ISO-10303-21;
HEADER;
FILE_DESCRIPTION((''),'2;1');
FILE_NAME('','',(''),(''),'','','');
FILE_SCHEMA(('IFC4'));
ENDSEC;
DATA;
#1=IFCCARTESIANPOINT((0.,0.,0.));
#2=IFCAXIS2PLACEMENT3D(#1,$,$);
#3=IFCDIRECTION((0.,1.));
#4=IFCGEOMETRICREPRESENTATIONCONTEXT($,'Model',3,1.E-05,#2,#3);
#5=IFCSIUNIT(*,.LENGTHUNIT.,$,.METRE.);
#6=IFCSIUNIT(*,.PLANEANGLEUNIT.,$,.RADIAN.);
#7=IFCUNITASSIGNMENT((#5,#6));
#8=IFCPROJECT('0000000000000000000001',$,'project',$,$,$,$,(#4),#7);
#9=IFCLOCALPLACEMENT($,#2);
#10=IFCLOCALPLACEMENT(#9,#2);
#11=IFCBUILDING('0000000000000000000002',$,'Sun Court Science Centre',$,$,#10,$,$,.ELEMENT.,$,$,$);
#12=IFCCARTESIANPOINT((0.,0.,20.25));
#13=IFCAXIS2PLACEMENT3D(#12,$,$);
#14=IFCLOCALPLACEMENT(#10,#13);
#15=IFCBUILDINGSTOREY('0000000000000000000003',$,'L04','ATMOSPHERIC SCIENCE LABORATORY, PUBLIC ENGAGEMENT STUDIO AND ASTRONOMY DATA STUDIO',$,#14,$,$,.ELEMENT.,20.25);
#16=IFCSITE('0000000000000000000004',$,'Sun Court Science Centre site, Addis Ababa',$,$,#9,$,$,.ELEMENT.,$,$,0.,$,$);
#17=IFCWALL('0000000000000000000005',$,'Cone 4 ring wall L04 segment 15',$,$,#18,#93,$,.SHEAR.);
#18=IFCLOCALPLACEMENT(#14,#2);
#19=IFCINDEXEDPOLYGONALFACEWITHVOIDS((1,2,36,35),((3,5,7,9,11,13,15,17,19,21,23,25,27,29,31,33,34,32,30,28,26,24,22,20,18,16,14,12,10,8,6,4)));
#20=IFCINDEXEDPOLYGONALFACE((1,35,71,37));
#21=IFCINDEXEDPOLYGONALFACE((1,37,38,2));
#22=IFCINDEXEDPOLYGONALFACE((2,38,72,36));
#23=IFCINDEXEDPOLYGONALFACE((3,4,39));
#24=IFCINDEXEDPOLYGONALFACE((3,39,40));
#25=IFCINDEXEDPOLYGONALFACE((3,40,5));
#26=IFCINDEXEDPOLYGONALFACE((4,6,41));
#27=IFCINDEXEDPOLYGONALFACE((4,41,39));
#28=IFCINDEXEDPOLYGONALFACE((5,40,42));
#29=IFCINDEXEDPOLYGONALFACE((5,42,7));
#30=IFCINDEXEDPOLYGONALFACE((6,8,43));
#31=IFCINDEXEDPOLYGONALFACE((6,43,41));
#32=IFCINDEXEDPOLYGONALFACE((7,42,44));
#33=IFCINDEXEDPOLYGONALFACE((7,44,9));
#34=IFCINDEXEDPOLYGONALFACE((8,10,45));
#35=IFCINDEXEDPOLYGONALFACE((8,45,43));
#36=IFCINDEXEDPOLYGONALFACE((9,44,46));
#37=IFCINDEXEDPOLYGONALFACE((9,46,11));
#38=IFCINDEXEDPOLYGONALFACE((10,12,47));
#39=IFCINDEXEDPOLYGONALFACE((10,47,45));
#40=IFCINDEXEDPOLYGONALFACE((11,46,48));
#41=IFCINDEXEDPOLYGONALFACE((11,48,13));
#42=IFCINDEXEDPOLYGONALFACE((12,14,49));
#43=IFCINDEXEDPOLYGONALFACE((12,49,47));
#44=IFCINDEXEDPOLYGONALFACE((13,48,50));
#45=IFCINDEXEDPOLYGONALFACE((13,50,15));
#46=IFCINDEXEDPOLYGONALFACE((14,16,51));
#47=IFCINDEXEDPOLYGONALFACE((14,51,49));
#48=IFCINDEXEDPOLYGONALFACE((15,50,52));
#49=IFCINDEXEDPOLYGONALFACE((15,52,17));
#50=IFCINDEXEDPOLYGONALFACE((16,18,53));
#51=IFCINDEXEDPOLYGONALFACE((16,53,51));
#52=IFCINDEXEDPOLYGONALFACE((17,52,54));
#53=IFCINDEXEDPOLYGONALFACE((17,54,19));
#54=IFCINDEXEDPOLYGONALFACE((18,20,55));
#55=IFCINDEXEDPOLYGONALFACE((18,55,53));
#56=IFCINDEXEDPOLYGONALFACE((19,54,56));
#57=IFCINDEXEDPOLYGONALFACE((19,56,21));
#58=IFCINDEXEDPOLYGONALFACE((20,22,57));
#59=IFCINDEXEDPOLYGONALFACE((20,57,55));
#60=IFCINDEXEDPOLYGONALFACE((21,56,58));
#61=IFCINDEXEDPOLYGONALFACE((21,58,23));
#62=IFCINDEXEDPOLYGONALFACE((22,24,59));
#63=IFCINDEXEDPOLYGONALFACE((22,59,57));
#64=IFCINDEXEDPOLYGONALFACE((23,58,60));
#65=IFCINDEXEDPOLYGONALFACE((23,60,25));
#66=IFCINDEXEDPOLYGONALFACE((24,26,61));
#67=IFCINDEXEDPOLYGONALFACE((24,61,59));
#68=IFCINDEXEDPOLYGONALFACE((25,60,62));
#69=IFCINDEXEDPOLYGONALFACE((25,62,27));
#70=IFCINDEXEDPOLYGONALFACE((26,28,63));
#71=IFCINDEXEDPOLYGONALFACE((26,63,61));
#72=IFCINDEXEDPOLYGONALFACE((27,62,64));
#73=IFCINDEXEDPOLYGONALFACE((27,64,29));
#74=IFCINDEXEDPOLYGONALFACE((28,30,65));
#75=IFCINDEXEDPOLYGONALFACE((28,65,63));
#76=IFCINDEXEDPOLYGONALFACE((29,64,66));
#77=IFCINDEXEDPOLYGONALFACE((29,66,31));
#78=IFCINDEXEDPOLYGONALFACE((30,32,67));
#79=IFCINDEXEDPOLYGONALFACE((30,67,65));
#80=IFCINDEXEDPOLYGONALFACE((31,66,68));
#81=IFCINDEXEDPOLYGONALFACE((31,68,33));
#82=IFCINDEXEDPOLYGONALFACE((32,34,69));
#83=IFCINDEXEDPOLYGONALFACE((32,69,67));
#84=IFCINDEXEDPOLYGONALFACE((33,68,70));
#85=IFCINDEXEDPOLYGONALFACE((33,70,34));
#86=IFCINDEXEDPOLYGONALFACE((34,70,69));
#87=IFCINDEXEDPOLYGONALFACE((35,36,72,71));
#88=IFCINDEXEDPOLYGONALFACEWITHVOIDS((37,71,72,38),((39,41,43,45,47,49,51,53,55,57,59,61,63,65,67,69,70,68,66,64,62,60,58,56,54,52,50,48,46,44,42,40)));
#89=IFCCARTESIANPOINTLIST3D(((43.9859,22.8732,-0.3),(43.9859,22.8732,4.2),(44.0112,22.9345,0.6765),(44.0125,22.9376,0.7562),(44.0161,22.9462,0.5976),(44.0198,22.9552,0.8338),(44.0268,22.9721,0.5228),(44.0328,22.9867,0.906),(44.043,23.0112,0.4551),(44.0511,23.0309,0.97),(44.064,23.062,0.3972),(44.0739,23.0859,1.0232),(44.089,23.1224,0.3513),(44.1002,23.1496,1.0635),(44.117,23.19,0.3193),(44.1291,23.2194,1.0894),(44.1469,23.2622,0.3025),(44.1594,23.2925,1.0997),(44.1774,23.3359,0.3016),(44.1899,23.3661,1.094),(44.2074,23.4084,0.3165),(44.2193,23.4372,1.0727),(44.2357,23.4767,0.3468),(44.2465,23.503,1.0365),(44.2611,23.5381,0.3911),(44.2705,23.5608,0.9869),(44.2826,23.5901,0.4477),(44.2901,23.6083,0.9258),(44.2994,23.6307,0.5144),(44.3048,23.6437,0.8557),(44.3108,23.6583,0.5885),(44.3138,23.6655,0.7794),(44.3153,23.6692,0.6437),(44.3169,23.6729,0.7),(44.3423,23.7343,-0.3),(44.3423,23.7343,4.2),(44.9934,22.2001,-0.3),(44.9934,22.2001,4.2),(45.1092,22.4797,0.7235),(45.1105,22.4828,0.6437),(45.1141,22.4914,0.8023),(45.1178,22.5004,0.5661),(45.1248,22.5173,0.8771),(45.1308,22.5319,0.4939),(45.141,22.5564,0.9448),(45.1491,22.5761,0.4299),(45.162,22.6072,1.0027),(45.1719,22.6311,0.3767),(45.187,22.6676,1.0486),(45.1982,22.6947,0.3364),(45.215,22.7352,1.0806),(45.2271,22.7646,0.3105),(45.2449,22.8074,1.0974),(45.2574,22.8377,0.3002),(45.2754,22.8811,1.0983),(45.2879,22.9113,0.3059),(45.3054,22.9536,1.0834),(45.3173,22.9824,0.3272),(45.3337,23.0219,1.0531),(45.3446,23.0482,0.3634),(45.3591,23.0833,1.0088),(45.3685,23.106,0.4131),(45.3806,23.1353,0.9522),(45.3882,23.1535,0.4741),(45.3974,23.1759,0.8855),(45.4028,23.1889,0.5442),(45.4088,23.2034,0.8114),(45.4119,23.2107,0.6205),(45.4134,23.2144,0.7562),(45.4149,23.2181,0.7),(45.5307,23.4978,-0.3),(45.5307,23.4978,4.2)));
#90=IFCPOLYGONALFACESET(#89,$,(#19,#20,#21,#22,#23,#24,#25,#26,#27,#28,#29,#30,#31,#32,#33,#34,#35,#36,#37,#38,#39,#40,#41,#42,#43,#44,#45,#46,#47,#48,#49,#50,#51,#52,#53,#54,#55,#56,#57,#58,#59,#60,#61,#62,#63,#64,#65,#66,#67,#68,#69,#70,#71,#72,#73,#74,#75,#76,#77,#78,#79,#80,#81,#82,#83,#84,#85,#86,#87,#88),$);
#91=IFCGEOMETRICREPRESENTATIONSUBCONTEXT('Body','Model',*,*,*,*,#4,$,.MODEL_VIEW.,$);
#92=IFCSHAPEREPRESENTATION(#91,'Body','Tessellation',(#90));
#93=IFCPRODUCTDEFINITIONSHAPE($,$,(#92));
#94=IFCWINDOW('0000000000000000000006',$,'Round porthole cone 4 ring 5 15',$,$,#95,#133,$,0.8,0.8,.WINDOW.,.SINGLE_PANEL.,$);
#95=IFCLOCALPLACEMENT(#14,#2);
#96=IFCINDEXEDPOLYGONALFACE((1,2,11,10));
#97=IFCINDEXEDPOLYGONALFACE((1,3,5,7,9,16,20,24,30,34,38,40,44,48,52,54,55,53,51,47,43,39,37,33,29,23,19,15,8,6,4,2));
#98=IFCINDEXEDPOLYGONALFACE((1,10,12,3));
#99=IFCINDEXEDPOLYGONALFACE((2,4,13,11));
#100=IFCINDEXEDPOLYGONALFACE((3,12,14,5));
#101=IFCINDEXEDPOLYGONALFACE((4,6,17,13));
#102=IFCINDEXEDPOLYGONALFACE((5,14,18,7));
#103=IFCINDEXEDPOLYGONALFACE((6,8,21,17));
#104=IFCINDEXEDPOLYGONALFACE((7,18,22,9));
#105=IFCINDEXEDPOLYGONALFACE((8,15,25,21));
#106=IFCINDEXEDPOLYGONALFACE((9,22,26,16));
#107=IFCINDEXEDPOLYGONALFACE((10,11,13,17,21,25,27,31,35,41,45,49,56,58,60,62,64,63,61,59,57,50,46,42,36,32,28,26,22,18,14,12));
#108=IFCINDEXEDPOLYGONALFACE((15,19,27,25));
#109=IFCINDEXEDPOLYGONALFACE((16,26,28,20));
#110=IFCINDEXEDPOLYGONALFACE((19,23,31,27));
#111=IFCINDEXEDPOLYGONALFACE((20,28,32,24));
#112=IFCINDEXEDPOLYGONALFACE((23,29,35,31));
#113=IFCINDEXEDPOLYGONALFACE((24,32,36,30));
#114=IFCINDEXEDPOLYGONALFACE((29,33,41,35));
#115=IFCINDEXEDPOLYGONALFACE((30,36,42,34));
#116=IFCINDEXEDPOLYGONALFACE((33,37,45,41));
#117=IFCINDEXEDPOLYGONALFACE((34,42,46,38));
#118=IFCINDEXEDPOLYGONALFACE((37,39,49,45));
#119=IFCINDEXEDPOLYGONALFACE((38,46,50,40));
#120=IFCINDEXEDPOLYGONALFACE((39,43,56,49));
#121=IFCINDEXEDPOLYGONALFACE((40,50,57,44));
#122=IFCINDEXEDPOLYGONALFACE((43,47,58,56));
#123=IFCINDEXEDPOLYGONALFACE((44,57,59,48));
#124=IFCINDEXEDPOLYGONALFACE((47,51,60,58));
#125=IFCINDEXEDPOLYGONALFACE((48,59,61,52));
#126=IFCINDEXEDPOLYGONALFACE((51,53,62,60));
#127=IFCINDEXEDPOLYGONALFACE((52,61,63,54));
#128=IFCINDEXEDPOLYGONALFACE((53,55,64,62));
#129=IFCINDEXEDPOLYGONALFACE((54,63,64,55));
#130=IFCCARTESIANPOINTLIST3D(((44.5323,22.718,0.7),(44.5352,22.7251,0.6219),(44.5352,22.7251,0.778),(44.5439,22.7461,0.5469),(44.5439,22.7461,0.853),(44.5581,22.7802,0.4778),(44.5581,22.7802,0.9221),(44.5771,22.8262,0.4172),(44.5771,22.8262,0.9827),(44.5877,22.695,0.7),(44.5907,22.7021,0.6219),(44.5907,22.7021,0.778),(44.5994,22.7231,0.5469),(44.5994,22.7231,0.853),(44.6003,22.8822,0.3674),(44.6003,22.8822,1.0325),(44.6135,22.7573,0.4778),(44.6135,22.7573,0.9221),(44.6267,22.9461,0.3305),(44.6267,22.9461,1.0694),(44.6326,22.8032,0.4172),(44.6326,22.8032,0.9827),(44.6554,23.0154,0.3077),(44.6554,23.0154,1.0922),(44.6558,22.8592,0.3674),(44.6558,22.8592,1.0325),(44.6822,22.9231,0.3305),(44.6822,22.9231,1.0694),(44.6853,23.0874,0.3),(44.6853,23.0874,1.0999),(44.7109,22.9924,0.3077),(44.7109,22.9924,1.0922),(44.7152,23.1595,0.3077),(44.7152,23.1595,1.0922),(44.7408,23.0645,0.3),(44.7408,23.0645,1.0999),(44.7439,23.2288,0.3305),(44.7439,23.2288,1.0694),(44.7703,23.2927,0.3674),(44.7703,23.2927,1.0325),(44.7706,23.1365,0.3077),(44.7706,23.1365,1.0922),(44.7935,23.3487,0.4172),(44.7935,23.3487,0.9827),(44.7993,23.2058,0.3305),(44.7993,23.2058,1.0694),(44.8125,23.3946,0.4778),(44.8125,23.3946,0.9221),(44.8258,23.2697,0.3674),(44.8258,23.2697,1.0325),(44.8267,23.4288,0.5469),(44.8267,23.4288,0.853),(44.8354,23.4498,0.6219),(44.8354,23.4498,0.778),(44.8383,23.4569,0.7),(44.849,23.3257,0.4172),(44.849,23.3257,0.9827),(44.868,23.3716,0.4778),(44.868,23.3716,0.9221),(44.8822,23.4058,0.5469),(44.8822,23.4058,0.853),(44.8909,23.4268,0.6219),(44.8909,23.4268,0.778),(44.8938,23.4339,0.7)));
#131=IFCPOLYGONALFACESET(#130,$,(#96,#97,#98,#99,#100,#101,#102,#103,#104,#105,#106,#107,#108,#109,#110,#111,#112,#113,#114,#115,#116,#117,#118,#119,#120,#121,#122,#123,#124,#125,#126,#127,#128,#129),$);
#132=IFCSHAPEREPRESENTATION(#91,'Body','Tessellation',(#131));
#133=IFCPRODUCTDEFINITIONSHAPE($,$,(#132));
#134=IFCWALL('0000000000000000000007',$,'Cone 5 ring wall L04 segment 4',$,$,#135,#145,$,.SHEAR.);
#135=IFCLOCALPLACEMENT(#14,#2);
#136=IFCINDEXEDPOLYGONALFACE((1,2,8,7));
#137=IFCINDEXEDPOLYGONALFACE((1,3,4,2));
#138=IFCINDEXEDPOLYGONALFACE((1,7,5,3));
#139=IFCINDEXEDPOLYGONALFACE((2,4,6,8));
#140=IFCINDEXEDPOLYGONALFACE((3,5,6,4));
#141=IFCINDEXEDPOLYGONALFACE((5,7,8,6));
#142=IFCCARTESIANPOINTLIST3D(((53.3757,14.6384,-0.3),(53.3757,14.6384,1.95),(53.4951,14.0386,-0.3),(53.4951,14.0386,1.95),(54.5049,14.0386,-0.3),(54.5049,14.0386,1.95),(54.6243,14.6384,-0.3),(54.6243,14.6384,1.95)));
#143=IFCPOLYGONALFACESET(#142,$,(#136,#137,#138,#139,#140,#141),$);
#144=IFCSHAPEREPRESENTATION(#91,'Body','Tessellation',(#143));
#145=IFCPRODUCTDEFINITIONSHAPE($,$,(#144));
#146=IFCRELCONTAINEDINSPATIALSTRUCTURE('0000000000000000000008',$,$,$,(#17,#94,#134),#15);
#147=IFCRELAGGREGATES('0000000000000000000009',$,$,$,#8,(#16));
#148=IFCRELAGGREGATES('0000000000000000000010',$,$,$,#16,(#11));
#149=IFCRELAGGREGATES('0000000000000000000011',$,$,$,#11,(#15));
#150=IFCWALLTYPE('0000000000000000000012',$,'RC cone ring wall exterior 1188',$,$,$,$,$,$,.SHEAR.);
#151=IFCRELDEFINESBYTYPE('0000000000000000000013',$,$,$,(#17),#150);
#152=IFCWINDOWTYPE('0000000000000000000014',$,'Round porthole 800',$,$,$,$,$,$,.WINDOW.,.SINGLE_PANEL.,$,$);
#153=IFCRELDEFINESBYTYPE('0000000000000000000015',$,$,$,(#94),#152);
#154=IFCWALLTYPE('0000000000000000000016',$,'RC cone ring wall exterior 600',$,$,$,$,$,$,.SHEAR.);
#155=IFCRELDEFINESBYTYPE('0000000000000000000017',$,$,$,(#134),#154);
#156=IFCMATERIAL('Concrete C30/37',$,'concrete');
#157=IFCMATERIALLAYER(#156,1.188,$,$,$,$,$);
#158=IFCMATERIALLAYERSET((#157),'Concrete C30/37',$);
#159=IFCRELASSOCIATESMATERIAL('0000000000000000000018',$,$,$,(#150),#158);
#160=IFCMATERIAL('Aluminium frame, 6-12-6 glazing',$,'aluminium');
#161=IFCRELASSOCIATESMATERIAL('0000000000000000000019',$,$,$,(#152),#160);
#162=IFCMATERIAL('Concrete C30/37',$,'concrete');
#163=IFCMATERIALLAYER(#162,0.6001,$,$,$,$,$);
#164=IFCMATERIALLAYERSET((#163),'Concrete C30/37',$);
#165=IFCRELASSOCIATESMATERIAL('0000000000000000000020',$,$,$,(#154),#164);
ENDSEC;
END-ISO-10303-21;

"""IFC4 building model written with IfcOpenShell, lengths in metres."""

from ifc_helpers import new_model, si_unit, direction, frame, frame_2d, origin, place, context, subcontext, project, spatial, polyline, circle, outline, extrude, material, layer, layer_set, type_object, element, fill, save


model = new_model("IFC4")

# Units and contexts
model_context = context("Model", 3, precision=1e-05, world=origin(), true_north=direction((0.0, 1.0)))
body_context = subcontext(model_context, "Body", "Model", "MODEL_VIEW")
ifc_project = project(units=[si_unit("LENGTHUNIT", "METRE"), si_unit("PLANEANGLEUNIT", "RADIAN")], contexts=[model_context])

# Site, building, storey
site_placement = place(None, origin())
site = spatial("IfcSite", under=ifc_project, at=site_placement, Name="Sun Court Science Centre site, Addis Ababa", CompositionType="ELEMENT", RefElevation=0.0)
building_placement = place(site_placement, origin())
building = spatial("IfcBuilding", under=site, at=building_placement, Name="Sun Court Science Centre", CompositionType="ELEMENT")
storey_placement = place(building_placement, frame((0.0, 0.0, 20.25)))
storey = spatial("IfcBuildingStorey", under=building, at=storey_placement, Name="L04", Description="ATMOSPHERIC SCIENCE LABORATORY, PUBLIC ENGAGEMENT STUDIO AND ASTRONOMY DATA STUDIO", CompositionType="ELEMENT", Elevation=20.25)

# Wall, opening, window
ifc_material_1 = material(Name="Concrete C30/37", Category="concrete")
ifc_layer_1 = layer(ifc_material_1, 1.188)
ifc_layer_set_1 = layer_set([ifc_layer_1], Name="Concrete C30/37")
wall_type_1 = type_object("IfcWallType", Name="RC cone ring wall exterior 1188", PredefinedType="SHEAR", material=ifc_layer_set_1)
ifc_material_2 = material(Name="Aluminium frame, 6-12-6 glazing", Category="aluminium")
window_type = type_object("IfcWindowType", Name="Round porthole 800", PartitioningType="SINGLE_PANEL", PredefinedType="WINDOW", material=ifc_material_2)
wall_1_placement = place(storey_placement, frame((44.4443, 22.4272, -0.3), z_axis=(0.0, 0.0, 1.0), x_axis=(0.382689, 0.923877, 0.0)))
wall_1 = element("IfcWall", 1, at=wall_1_placement, inside=storey, type_object=wall_type_1, Name="Cone 4 ring wall L04 segment 15", PredefinedType="SHEAR", context=body_context, shape_type="SweptSolid", body=[
    extrude(outline(polyline([(0.0002, -0.5942), (1.4048, -0.594), (1.1685, 0.5945), (0.2366, 0.5942), (0.0002, -0.5942)])), origin(), (0.0, 0.0, 1.0), 4.5),
])
opening_1_placement = place(wall_1_placement, frame((0.3022, 0.0, 0.6001)))
opening_1 = element("IfcOpeningElement", 2, at=opening_1_placement, cuts=wall_1, PredefinedType="OPENING", context=body_context, shape_type="SweptSolid", body=[
    extrude(circle(Radius=0.3999, at=frame_2d((0.3999, 0.3999))), frame((0.0, 0.6042, 0.0), z_axis=(0.0, -1.0, 0.0), x_axis=(1.0, 0.0, 0.0)), (0.0, 0.0, 1.0), 1.2085),
])
window_1_placement = place(opening_1_placement, origin())
window_1 = element("IfcWindow", 3, at=window_1_placement, inside=storey, type_object=window_type, Name="Round porthole cone 4 ring 5 15", OverallHeight=0.8, OverallWidth=0.8, PartitioningType="SINGLE_PANEL", PredefinedType="WINDOW", context=body_context, shape_type="SweptSolid", body=[
    extrude(circle(Radius=0.3999, at=frame_2d((0.3999, 0.3999))), frame((0.0, 0.03, 0.0), z_axis=(0.0, -1.0, 0.0), x_axis=(1.0, 0.0, 0.0)), (0.0, 0.0, 1.0), 0.0601),
])
fill(opening_1, window_1)

# Wall
ifc_material_3 = material(Name="Concrete C30/37", Category="concrete")
ifc_layer_2 = layer(ifc_material_3, 0.6001)
ifc_layer_set_2 = layer_set([ifc_layer_2], Name="Concrete C30/37")
wall_type_2 = type_object("IfcWallType", Name="RC cone ring wall exterior 600", PredefinedType="SHEAR", material=ifc_layer_set_2)
wall_2_placement = place(storey_placement, frame((54.6243, 14.3386, -0.3), z_axis=(0.0, 0.0, 1.0), x_axis=(-1.0, 0.0, 0.0)))
element("IfcWall", 4, at=wall_2_placement, inside=storey, type_object=wall_type_2, Name="Cone 5 ring wall L04 segment 4", PredefinedType="SHEAR", context=body_context, shape_type="SweptSolid", body=[
    extrude(outline(polyline([(0.0, -0.2998), (1.2485, -0.2998), (1.1292, 0.3), (0.1194, 0.3), (0.0, -0.2998)])), origin(), (0.0, 0.0, 1.0), 2.25),
])

save(model, "model.ifc")
